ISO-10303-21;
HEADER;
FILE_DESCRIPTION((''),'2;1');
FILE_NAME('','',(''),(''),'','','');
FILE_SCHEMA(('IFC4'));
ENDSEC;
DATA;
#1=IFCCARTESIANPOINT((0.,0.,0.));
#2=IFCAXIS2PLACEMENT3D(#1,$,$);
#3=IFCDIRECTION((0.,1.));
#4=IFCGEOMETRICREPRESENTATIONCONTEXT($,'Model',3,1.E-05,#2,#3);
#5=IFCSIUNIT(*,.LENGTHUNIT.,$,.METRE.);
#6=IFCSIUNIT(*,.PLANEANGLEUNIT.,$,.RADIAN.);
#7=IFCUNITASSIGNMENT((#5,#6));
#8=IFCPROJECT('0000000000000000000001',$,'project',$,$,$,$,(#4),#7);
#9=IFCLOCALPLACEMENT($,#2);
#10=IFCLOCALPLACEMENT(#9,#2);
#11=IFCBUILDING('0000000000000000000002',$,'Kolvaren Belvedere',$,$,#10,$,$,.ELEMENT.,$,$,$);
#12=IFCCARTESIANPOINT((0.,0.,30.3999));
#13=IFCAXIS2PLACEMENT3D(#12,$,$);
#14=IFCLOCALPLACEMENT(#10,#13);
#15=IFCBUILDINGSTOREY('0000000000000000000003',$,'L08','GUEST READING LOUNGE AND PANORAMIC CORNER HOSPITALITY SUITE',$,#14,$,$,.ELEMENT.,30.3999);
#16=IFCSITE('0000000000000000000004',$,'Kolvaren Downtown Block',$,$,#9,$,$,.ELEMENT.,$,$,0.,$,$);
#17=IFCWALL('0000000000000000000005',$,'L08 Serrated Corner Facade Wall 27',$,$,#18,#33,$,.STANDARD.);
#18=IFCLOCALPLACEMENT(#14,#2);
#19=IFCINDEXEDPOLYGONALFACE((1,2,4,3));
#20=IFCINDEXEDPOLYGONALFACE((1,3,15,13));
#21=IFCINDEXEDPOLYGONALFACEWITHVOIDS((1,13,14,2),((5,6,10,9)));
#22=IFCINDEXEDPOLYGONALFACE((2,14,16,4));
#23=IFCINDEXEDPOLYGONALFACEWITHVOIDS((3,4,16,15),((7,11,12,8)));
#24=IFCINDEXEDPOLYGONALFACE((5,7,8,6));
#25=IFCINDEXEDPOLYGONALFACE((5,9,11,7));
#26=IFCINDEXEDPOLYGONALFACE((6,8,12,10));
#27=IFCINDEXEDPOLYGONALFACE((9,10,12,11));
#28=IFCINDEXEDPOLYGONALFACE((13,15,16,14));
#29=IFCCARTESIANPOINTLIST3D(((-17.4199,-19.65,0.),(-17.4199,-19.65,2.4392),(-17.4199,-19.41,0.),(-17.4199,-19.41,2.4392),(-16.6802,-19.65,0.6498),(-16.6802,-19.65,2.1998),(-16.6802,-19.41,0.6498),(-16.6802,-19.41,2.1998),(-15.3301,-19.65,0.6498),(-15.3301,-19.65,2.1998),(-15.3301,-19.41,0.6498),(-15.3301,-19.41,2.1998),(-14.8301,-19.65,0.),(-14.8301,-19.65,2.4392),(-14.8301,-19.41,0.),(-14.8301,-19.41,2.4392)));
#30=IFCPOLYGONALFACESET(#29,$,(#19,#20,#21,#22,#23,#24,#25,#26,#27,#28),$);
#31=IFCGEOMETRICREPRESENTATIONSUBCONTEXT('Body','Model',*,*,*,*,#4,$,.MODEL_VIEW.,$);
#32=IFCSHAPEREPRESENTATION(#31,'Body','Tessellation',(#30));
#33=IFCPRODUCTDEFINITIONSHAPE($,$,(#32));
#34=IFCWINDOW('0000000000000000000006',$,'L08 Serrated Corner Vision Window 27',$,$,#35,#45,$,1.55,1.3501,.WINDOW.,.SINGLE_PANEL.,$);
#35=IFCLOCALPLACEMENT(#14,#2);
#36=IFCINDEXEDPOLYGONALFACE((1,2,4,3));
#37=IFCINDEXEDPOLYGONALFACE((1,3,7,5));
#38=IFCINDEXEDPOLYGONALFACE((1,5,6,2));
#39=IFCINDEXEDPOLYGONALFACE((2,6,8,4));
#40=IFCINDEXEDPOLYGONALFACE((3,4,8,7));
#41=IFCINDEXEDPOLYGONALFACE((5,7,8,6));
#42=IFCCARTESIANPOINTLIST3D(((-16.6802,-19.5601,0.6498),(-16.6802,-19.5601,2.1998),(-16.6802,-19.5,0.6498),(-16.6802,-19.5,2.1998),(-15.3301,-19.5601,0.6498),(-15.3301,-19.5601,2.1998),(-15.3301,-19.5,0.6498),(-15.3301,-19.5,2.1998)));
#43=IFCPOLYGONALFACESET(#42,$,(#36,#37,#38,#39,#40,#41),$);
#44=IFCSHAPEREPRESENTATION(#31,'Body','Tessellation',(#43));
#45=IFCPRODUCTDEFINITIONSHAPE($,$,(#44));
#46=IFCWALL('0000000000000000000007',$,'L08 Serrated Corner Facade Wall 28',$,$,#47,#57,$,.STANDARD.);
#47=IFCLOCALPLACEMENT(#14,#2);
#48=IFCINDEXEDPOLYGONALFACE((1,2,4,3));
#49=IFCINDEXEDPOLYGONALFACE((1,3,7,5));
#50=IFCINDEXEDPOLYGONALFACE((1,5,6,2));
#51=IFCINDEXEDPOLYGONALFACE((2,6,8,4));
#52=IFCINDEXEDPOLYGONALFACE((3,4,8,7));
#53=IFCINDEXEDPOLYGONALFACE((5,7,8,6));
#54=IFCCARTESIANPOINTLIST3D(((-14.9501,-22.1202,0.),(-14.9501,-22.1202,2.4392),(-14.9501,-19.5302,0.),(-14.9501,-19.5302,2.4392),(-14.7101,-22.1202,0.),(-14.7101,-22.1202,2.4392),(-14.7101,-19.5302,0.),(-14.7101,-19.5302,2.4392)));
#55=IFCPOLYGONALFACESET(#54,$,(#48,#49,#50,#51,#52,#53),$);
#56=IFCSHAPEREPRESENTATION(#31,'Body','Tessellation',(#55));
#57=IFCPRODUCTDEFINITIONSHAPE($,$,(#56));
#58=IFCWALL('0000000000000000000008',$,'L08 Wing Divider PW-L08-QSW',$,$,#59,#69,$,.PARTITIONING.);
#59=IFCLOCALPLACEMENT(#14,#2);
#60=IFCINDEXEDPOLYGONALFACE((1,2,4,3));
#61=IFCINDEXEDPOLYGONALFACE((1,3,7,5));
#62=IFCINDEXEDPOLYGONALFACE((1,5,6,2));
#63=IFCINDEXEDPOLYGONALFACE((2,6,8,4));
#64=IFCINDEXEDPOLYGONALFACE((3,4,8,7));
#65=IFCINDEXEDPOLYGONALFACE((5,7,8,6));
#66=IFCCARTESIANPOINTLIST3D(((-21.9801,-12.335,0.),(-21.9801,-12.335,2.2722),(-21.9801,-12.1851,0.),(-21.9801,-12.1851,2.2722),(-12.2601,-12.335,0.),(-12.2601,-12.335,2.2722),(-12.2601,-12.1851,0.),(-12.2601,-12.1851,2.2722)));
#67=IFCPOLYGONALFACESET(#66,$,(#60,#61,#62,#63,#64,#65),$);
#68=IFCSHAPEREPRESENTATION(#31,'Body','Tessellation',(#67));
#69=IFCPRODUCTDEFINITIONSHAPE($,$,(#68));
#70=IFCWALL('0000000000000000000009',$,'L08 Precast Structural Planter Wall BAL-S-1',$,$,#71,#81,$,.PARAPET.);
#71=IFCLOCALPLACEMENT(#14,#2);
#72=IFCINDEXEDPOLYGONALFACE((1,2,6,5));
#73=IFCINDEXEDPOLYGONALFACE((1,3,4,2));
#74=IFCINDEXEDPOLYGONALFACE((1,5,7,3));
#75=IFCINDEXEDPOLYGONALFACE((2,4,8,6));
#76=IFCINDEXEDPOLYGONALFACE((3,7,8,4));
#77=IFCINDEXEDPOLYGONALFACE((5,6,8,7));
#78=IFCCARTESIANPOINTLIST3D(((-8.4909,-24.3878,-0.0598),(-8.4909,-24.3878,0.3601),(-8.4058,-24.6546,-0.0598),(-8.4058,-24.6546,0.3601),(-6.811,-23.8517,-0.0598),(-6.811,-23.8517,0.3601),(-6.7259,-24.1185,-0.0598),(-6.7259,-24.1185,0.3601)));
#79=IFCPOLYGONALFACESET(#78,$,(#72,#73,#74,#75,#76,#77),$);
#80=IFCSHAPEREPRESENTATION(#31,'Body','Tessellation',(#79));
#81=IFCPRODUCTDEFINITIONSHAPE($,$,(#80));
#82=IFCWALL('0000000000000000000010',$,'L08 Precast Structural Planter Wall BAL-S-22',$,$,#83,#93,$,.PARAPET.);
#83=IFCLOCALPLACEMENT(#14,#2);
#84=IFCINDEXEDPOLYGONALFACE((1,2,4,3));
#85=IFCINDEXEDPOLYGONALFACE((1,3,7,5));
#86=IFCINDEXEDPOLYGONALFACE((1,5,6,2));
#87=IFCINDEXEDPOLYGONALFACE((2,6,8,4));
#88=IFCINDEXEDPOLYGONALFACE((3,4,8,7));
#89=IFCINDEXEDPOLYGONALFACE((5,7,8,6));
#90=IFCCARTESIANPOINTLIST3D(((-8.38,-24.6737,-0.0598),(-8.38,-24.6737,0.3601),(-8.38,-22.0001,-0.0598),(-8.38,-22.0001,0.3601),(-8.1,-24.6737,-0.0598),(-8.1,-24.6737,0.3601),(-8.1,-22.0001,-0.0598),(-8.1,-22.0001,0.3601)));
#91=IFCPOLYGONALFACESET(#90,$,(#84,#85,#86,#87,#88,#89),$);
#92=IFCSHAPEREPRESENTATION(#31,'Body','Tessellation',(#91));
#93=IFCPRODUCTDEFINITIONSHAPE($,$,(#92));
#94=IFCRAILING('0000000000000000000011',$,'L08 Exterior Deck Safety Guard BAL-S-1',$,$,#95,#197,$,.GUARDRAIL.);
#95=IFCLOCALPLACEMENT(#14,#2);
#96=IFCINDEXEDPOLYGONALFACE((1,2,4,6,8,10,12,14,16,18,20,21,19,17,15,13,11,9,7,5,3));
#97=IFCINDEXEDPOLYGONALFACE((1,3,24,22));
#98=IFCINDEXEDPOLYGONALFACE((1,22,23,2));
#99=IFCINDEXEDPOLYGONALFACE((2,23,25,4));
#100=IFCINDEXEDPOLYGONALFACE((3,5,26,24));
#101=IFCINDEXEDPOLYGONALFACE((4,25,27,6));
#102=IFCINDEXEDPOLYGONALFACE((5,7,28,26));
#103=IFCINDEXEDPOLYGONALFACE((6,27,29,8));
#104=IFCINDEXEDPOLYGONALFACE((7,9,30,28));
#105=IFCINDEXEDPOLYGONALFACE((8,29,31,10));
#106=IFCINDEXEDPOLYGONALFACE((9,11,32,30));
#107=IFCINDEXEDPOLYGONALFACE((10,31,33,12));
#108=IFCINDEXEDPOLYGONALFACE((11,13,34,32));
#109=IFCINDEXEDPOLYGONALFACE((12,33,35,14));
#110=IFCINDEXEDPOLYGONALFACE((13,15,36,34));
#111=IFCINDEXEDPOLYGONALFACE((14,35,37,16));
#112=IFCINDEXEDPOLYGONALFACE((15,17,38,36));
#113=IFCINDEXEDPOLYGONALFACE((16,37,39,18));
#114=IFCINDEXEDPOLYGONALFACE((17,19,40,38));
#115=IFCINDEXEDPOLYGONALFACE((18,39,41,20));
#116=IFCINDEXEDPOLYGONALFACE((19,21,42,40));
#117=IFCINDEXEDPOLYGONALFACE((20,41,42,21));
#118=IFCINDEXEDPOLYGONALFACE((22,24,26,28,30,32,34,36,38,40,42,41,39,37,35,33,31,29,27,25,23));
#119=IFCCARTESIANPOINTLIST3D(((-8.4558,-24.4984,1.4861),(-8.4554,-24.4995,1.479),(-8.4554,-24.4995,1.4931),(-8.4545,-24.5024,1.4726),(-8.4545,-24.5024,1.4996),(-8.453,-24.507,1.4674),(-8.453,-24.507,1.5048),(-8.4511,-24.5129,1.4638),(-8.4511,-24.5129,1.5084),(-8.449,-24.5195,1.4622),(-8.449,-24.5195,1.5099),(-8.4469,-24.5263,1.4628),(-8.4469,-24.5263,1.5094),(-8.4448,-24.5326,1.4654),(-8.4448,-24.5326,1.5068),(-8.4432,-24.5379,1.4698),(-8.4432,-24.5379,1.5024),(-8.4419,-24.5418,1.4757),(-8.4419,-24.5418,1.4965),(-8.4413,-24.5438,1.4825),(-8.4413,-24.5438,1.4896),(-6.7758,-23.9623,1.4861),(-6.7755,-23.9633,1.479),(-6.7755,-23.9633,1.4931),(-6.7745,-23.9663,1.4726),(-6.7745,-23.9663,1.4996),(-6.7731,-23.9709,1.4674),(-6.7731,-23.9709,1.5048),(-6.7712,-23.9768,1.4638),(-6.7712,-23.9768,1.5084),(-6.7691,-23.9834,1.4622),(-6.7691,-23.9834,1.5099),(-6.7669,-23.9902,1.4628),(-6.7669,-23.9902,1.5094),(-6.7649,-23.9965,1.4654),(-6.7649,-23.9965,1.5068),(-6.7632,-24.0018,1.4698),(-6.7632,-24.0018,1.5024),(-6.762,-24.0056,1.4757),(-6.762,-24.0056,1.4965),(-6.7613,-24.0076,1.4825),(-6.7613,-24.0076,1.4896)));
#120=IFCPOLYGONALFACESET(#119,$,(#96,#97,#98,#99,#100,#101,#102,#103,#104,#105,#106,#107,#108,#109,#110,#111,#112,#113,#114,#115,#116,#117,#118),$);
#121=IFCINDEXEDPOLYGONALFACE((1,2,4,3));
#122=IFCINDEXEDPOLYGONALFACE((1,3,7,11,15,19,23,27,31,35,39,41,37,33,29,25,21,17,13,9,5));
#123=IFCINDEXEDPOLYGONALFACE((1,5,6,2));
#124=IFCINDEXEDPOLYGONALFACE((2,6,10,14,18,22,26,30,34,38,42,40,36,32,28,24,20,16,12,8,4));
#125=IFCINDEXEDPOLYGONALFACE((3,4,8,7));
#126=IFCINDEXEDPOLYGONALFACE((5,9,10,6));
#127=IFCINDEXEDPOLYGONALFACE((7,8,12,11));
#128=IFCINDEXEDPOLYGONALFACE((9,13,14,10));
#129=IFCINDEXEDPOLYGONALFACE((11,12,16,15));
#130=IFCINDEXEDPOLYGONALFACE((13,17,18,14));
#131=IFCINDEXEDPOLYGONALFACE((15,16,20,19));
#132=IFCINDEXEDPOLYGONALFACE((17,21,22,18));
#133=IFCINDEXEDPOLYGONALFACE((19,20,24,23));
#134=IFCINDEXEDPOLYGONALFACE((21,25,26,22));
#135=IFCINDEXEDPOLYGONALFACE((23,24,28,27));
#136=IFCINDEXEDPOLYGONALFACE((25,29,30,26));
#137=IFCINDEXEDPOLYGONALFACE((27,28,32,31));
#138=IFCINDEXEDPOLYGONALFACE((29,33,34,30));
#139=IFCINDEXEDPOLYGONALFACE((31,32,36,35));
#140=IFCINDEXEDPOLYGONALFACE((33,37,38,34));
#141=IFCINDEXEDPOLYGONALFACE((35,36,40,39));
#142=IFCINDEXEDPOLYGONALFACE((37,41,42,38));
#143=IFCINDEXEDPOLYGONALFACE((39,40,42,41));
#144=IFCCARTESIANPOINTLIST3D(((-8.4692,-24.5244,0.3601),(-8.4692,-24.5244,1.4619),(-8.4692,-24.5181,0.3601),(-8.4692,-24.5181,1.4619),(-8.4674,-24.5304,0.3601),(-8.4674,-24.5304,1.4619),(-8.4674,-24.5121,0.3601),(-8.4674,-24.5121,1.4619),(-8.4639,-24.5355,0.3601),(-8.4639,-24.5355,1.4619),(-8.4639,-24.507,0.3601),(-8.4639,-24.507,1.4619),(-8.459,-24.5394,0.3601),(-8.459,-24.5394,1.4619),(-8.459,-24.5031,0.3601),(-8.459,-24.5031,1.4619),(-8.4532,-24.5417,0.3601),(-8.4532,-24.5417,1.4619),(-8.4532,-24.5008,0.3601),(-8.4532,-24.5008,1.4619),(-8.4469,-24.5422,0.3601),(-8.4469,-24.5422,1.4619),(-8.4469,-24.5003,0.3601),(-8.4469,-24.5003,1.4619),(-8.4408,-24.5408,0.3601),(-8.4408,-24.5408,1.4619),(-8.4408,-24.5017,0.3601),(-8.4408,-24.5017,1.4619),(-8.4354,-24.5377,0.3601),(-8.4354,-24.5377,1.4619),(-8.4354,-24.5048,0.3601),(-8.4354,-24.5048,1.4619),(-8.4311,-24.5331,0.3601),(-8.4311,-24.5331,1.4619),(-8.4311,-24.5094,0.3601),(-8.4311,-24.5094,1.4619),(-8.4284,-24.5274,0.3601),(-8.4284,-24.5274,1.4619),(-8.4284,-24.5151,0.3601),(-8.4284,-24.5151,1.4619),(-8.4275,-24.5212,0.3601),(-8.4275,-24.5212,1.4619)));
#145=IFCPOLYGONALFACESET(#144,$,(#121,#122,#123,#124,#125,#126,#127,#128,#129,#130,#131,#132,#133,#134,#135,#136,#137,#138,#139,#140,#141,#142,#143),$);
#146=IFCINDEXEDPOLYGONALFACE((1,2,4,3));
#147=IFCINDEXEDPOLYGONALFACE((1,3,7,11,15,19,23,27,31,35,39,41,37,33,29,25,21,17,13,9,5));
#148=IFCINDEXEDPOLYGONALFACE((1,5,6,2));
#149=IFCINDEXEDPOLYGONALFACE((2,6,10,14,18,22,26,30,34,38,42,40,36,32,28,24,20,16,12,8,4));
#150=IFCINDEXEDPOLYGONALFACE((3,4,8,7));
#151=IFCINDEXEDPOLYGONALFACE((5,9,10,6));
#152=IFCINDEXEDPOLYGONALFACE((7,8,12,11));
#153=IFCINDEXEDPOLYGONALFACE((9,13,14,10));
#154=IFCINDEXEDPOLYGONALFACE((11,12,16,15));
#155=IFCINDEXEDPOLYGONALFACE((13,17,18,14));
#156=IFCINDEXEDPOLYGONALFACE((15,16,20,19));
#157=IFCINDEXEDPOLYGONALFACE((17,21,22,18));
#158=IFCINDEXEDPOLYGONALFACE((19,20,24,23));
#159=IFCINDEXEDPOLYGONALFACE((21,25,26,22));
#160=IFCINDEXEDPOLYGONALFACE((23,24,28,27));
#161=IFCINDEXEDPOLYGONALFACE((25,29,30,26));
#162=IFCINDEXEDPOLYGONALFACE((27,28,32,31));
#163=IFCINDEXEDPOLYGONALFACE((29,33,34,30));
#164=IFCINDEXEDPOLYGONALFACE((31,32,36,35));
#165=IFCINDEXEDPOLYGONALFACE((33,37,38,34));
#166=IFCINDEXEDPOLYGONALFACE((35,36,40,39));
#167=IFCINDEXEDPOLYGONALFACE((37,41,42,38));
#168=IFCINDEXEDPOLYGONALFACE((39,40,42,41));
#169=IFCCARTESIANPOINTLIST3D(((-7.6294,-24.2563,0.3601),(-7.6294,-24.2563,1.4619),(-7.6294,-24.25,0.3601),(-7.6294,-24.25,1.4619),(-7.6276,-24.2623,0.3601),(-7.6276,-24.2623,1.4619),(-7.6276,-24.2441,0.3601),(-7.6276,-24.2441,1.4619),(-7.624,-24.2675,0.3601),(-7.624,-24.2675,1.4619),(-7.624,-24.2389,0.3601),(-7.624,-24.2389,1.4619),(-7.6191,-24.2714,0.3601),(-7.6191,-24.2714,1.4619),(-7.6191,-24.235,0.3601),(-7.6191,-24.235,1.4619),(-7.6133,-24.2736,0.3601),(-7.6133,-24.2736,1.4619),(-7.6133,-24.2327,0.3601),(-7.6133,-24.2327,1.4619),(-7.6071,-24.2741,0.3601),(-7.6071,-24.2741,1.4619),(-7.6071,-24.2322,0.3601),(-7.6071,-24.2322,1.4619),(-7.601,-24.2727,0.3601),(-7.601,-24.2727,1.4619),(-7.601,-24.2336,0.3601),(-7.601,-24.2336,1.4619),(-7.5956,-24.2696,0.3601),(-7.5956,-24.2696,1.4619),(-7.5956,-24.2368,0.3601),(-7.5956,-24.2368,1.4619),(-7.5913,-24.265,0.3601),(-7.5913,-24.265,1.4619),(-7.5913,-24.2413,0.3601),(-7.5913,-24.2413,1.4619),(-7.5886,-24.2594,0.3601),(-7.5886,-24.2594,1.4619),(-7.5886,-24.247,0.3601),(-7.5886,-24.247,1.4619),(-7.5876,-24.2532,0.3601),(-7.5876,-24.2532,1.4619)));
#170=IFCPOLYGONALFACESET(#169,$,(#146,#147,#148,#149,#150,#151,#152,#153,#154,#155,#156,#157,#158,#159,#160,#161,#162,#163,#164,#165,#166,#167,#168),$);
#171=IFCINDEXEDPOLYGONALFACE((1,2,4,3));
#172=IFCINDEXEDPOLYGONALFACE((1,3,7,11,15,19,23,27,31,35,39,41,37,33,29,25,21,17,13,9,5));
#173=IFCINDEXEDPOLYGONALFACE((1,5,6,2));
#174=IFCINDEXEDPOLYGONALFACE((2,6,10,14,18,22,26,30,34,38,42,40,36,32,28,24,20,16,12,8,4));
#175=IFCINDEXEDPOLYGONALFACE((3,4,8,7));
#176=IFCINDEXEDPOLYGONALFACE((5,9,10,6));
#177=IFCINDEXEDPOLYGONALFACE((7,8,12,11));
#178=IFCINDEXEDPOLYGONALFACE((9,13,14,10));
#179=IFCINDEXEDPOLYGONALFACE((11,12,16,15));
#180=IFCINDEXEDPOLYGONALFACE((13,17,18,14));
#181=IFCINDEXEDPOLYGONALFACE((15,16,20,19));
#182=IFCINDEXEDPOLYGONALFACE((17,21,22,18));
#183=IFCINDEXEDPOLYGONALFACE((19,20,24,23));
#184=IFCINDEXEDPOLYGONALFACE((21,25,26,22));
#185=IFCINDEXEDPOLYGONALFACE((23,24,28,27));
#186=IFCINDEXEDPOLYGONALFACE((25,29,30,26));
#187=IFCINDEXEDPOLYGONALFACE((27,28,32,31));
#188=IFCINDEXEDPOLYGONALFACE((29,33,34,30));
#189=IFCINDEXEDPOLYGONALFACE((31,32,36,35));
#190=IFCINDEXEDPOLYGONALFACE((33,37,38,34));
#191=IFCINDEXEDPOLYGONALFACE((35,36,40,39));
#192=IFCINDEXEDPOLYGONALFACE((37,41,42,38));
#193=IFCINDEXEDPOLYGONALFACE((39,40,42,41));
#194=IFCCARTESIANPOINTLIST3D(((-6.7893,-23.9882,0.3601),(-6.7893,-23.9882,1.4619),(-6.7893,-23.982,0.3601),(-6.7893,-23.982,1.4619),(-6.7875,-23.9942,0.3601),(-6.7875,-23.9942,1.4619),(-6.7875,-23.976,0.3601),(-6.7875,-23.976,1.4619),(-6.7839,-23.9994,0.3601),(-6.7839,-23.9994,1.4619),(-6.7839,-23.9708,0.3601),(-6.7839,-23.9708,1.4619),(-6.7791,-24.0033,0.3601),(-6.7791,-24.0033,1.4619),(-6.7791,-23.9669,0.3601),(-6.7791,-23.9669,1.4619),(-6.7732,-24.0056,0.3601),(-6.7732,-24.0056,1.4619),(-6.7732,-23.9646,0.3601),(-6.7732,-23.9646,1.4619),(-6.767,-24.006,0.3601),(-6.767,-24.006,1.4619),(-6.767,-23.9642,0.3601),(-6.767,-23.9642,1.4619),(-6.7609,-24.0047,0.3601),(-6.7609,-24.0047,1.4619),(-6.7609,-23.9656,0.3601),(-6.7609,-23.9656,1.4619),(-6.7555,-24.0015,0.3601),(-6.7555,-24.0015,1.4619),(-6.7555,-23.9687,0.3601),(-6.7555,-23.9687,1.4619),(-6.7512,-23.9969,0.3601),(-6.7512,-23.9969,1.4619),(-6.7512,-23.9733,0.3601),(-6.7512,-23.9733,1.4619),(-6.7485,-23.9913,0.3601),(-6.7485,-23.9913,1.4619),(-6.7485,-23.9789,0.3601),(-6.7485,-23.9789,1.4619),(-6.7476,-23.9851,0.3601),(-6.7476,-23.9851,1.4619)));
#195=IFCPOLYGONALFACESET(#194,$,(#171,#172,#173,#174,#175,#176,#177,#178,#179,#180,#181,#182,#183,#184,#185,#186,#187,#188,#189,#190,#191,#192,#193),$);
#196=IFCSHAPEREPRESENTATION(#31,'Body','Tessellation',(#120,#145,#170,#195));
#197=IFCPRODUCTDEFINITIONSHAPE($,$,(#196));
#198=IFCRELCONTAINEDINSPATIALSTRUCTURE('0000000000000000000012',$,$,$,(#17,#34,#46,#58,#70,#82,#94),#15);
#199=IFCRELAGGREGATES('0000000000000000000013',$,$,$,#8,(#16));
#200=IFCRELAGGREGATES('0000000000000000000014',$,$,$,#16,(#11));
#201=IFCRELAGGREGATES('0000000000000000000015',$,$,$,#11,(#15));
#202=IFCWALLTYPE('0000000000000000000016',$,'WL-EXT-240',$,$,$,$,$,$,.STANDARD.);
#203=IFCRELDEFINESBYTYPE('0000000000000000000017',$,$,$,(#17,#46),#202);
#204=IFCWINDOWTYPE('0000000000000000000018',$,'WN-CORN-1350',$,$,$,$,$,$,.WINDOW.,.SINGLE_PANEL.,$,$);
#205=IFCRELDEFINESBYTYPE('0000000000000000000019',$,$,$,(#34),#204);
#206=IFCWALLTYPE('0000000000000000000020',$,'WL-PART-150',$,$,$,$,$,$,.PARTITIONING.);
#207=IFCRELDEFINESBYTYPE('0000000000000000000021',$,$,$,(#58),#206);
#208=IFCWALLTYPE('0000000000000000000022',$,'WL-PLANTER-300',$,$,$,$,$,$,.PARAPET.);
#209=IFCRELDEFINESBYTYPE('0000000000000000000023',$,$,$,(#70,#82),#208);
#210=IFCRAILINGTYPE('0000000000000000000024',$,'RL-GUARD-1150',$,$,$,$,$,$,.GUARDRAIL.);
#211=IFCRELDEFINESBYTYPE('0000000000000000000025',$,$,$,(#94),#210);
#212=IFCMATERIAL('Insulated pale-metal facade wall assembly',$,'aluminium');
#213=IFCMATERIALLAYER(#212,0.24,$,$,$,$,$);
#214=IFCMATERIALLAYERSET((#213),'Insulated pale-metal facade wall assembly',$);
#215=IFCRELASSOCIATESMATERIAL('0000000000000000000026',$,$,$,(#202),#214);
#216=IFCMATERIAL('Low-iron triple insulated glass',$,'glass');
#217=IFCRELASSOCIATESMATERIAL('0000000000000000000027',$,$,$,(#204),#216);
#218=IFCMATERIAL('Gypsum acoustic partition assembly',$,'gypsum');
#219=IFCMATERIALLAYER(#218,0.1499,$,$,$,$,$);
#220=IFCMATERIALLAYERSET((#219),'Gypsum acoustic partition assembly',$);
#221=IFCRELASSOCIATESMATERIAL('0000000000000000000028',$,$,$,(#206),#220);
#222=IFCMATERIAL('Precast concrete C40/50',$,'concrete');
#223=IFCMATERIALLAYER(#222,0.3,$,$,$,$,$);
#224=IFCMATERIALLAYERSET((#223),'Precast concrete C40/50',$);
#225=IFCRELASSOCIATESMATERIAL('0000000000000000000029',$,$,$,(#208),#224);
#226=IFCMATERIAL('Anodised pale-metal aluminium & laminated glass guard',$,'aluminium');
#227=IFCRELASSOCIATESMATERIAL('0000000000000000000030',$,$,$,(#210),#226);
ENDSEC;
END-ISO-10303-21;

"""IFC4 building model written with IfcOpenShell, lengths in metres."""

from ifc_helpers import new_model, si_unit, direction, frame, frame_2d, origin, origin_2d, place, context, subcontext, project, spatial, rectangle, circle, extrude, material, layer, layer_set, type_object, element, fill, save


model = new_model("IFC4")

# Units and contexts
model_context = context("Model", 3, precision=1e-05, world=origin(), true_north=direction((0.0, 1.0)))
body_context = subcontext(model_context, "Body", "Model", "MODEL_VIEW")
ifc_project = project(units=[si_unit("LENGTHUNIT", "METRE"), si_unit("PLANEANGLEUNIT", "RADIAN")], contexts=[model_context])

# Site, building, storey
site_placement = place(None, origin())
site = spatial("IfcSite", under=ifc_project, at=site_placement, Name="Kolvaren Downtown Block", CompositionType="ELEMENT", RefElevation=0.0)
building_placement = place(site_placement, origin())
building = spatial("IfcBuilding", under=site, at=building_placement, Name="Kolvaren Belvedere", CompositionType="ELEMENT")
storey_placement = place(building_placement, frame((0.0, 0.0, 30.3999)))
storey = spatial("IfcBuildingStorey", under=building, at=storey_placement, Name="L08", Description="GUEST READING LOUNGE AND PANORAMIC CORNER HOSPITALITY SUITE", CompositionType="ELEMENT", Elevation=30.3999)

# Shared definitions
ifc_material_1 = material(Name="Insulated pale-metal facade wall assembly", Category="aluminium")
ifc_layer_1 = layer(ifc_material_1, 0.24)
ifc_layer_set_1 = layer_set([ifc_layer_1], Name="Insulated pale-metal facade wall assembly")
wall_type_1 = type_object("IfcWallType", Name="WL-EXT-240", PredefinedType="STANDARD", material=ifc_layer_set_1)

# Wall, opening, window
ifc_material_2 = material(Name="Low-iron triple insulated glass", Category="glass")
window_type = type_object("IfcWindowType", Name="WN-CORN-1350", PartitioningType="SINGLE_PANEL", PredefinedType="WINDOW", material=ifc_material_2)
wall_1_placement = place(storey_placement, frame((-14.8301, -19.53, 0.0), z_axis=(0.0, 0.0, 1.0), x_axis=(-1.0, 0.0, 0.0)))
wall_1 = element("IfcWall", 1, at=wall_1_placement, inside=storey, type_object=wall_type_1, Name="L08 Serrated Corner Facade Wall 27", PredefinedType="STANDARD", context=body_context, shape_type="SweptSolid", body=[
    extrude(rectangle(XDim=2.5898, YDim=0.24, at=frame_2d((1.2949, 0.0))), origin(), (0.0, 0.0, 1.0), 2.4392),
])
opening_1_placement = place(wall_1_placement, frame((0.5, 0.0, 0.6499)))
opening_1 = element("IfcOpeningElement", 2, at=opening_1_placement, cuts=wall_1, PredefinedType="OPENING", context=body_context, shape_type="SweptSolid", body=[
    extrude(rectangle(XDim=1.3501, YDim=1.55, at=frame_2d((0.675, 0.7749))), frame((0.0, 0.1299, 0.0), z_axis=(0.0, -1.0, 0.0), x_axis=(1.0, 0.0, 0.0)), (0.0, 0.0, 1.0), 0.26),
])
window_1_placement = place(opening_1_placement, origin())
window_1 = element("IfcWindow", 3, at=window_1_placement, inside=storey, type_object=window_type, Name="L08 Serrated Corner Vision Window 27", OverallHeight=1.55, OverallWidth=1.3501, PartitioningType="SINGLE_PANEL", PredefinedType="WINDOW", context=body_context, shape_type="SweptSolid", body=[
    extrude(rectangle(XDim=1.3501, YDim=1.55, at=frame_2d((0.675, 0.7749))), frame((0.0, 0.03, 0.0), z_axis=(0.0, -1.0, 0.0), x_axis=(1.0, 0.0, 0.0)), (0.0, 0.0, 1.0), 0.0601),
])
fill(opening_1, window_1)

# Walls
wall_2_placement = place(storey_placement, frame((-14.8301, -22.1201, 0.0), z_axis=(0.0, 0.0, 1.0), x_axis=(0.0, 1.0, 0.0)))
element("IfcWall", 4, at=wall_2_placement, inside=storey, type_object=wall_type_1, Name="L08 Serrated Corner Facade Wall 28", PredefinedType="STANDARD", context=body_context, shape_type="SweptSolid", body=[
    extrude(rectangle(XDim=2.5901, YDim=0.24, at=frame_2d((1.2949, 0.0))), origin(), (0.0, 0.0, 1.0), 2.4392),
])
ifc_material_3 = material(Name="Gypsum acoustic partition assembly", Category="gypsum")
ifc_layer_2 = layer(ifc_material_3, 0.1499)
ifc_layer_set_2 = layer_set([ifc_layer_2], Name="Gypsum acoustic partition assembly")
wall_type_2 = type_object("IfcWallType", Name="WL-PART-150", PredefinedType="PARTITIONING", material=ifc_layer_set_2)
wall_3_placement = place(storey_placement, frame((-21.98, -12.26, 0.0), z_axis=(0.0, 0.0, 1.0), x_axis=(1.0, 0.0, 0.0)))
element("IfcWall", 5, at=wall_3_placement, inside=storey, type_object=wall_type_2, Name="L08 Wing Divider PW-L08-QSW", PredefinedType="PARTITIONING", context=body_context, shape_type="SweptSolid", body=[
    extrude(rectangle(XDim=9.72, YDim=0.1499, at=frame_2d((4.8599, 0.0))), origin(), (0.0, 0.0, 1.0), 2.2722),
])
ifc_material_4 = material(Name="Precast concrete C40/50", Category="concrete")
ifc_layer_3 = layer(ifc_material_4, 0.3)
ifc_layer_set_3 = layer_set([ifc_layer_3], Name="Precast concrete C40/50")
wall_type_3 = type_object("IfcWallType", Name="WL-PLANTER-300", PredefinedType="PARAPET", material=ifc_layer_set_3)
wall_4_placement = place(storey_placement, frame((-8.4485, -24.5212, -0.0598), z_axis=(0.0, 0.0, 1.0), x_axis=(0.952662, 0.304032, 0.0)))
element("IfcWall", 6, at=wall_4_placement, inside=storey, type_object=wall_type_3, Name="L08 Precast Structural Planter Wall BAL-S-1", PredefinedType="PARAPET", context=body_context, shape_type="SweptSolid", body=[
    extrude(rectangle(XDim=1.7634, YDim=0.28, at=frame_2d((0.8818, 0.0))), origin(), (0.0, 0.0, 1.0), 0.4199),
])
wall_5_placement = place(storey_placement, frame((-8.24, -22.0, -0.0598), z_axis=(0.0, 0.0, 1.0), x_axis=(0.0, -1.0, 0.0)))
element("IfcWall", 7, at=wall_5_placement, inside=storey, type_object=wall_type_3, Name="L08 Precast Structural Planter Wall BAL-S-22", PredefinedType="PARAPET", context=body_context, shape_type="SweptSolid", body=[
    extrude(rectangle(XDim=2.6736, YDim=0.28, at=frame_2d((1.3369, 0.0))), origin(), (0.0, 0.0, 1.0), 0.4199),
])

# Railing
ifc_material_5 = material(Name="Anodised pale-metal aluminium & laminated glass guard", Category="aluminium")
railing_type = type_object("IfcRailingType", Name="RL-GUARD-1150", PredefinedType="GUARDRAIL", material=ifc_material_5)
railing_1_placement = place(storey_placement, frame((-8.4485, -24.5212, 0.3601)))
element("IfcRailing", 8, at=railing_1_placement, inside=storey, type_object=railing_type, Name="L08 Exterior Deck Safety Guard BAL-S-1", PredefinedType="GUARDRAIL", context=body_context, shape_type="SweptSolid", body=[
    extrude(circle(Radius=0.0239, at=origin_2d()), frame((0.0, 0.0, 1.126), z_axis=(0.952662, 0.304032, 0.0), x_axis=(-0.304032, 0.952662, 0.0)), (0.0, 0.0, 1.0), 1.7634),
    extrude(circle(Radius=0.021, at=origin_2d()), origin(), (0.0, 0.0, 1.0), 1.1018),
    extrude(circle(Radius=0.021, at=origin_2d()), frame((0.8398, 0.2681, 0.0)), (0.0, 0.0, 1.0), 1.1018),
    extrude(circle(Radius=0.021, at=origin_2d()), frame((1.6799, 0.5361, 0.0)), (0.0, 0.0, 1.0), 1.1018),
])

save(model, "model.ifc")
